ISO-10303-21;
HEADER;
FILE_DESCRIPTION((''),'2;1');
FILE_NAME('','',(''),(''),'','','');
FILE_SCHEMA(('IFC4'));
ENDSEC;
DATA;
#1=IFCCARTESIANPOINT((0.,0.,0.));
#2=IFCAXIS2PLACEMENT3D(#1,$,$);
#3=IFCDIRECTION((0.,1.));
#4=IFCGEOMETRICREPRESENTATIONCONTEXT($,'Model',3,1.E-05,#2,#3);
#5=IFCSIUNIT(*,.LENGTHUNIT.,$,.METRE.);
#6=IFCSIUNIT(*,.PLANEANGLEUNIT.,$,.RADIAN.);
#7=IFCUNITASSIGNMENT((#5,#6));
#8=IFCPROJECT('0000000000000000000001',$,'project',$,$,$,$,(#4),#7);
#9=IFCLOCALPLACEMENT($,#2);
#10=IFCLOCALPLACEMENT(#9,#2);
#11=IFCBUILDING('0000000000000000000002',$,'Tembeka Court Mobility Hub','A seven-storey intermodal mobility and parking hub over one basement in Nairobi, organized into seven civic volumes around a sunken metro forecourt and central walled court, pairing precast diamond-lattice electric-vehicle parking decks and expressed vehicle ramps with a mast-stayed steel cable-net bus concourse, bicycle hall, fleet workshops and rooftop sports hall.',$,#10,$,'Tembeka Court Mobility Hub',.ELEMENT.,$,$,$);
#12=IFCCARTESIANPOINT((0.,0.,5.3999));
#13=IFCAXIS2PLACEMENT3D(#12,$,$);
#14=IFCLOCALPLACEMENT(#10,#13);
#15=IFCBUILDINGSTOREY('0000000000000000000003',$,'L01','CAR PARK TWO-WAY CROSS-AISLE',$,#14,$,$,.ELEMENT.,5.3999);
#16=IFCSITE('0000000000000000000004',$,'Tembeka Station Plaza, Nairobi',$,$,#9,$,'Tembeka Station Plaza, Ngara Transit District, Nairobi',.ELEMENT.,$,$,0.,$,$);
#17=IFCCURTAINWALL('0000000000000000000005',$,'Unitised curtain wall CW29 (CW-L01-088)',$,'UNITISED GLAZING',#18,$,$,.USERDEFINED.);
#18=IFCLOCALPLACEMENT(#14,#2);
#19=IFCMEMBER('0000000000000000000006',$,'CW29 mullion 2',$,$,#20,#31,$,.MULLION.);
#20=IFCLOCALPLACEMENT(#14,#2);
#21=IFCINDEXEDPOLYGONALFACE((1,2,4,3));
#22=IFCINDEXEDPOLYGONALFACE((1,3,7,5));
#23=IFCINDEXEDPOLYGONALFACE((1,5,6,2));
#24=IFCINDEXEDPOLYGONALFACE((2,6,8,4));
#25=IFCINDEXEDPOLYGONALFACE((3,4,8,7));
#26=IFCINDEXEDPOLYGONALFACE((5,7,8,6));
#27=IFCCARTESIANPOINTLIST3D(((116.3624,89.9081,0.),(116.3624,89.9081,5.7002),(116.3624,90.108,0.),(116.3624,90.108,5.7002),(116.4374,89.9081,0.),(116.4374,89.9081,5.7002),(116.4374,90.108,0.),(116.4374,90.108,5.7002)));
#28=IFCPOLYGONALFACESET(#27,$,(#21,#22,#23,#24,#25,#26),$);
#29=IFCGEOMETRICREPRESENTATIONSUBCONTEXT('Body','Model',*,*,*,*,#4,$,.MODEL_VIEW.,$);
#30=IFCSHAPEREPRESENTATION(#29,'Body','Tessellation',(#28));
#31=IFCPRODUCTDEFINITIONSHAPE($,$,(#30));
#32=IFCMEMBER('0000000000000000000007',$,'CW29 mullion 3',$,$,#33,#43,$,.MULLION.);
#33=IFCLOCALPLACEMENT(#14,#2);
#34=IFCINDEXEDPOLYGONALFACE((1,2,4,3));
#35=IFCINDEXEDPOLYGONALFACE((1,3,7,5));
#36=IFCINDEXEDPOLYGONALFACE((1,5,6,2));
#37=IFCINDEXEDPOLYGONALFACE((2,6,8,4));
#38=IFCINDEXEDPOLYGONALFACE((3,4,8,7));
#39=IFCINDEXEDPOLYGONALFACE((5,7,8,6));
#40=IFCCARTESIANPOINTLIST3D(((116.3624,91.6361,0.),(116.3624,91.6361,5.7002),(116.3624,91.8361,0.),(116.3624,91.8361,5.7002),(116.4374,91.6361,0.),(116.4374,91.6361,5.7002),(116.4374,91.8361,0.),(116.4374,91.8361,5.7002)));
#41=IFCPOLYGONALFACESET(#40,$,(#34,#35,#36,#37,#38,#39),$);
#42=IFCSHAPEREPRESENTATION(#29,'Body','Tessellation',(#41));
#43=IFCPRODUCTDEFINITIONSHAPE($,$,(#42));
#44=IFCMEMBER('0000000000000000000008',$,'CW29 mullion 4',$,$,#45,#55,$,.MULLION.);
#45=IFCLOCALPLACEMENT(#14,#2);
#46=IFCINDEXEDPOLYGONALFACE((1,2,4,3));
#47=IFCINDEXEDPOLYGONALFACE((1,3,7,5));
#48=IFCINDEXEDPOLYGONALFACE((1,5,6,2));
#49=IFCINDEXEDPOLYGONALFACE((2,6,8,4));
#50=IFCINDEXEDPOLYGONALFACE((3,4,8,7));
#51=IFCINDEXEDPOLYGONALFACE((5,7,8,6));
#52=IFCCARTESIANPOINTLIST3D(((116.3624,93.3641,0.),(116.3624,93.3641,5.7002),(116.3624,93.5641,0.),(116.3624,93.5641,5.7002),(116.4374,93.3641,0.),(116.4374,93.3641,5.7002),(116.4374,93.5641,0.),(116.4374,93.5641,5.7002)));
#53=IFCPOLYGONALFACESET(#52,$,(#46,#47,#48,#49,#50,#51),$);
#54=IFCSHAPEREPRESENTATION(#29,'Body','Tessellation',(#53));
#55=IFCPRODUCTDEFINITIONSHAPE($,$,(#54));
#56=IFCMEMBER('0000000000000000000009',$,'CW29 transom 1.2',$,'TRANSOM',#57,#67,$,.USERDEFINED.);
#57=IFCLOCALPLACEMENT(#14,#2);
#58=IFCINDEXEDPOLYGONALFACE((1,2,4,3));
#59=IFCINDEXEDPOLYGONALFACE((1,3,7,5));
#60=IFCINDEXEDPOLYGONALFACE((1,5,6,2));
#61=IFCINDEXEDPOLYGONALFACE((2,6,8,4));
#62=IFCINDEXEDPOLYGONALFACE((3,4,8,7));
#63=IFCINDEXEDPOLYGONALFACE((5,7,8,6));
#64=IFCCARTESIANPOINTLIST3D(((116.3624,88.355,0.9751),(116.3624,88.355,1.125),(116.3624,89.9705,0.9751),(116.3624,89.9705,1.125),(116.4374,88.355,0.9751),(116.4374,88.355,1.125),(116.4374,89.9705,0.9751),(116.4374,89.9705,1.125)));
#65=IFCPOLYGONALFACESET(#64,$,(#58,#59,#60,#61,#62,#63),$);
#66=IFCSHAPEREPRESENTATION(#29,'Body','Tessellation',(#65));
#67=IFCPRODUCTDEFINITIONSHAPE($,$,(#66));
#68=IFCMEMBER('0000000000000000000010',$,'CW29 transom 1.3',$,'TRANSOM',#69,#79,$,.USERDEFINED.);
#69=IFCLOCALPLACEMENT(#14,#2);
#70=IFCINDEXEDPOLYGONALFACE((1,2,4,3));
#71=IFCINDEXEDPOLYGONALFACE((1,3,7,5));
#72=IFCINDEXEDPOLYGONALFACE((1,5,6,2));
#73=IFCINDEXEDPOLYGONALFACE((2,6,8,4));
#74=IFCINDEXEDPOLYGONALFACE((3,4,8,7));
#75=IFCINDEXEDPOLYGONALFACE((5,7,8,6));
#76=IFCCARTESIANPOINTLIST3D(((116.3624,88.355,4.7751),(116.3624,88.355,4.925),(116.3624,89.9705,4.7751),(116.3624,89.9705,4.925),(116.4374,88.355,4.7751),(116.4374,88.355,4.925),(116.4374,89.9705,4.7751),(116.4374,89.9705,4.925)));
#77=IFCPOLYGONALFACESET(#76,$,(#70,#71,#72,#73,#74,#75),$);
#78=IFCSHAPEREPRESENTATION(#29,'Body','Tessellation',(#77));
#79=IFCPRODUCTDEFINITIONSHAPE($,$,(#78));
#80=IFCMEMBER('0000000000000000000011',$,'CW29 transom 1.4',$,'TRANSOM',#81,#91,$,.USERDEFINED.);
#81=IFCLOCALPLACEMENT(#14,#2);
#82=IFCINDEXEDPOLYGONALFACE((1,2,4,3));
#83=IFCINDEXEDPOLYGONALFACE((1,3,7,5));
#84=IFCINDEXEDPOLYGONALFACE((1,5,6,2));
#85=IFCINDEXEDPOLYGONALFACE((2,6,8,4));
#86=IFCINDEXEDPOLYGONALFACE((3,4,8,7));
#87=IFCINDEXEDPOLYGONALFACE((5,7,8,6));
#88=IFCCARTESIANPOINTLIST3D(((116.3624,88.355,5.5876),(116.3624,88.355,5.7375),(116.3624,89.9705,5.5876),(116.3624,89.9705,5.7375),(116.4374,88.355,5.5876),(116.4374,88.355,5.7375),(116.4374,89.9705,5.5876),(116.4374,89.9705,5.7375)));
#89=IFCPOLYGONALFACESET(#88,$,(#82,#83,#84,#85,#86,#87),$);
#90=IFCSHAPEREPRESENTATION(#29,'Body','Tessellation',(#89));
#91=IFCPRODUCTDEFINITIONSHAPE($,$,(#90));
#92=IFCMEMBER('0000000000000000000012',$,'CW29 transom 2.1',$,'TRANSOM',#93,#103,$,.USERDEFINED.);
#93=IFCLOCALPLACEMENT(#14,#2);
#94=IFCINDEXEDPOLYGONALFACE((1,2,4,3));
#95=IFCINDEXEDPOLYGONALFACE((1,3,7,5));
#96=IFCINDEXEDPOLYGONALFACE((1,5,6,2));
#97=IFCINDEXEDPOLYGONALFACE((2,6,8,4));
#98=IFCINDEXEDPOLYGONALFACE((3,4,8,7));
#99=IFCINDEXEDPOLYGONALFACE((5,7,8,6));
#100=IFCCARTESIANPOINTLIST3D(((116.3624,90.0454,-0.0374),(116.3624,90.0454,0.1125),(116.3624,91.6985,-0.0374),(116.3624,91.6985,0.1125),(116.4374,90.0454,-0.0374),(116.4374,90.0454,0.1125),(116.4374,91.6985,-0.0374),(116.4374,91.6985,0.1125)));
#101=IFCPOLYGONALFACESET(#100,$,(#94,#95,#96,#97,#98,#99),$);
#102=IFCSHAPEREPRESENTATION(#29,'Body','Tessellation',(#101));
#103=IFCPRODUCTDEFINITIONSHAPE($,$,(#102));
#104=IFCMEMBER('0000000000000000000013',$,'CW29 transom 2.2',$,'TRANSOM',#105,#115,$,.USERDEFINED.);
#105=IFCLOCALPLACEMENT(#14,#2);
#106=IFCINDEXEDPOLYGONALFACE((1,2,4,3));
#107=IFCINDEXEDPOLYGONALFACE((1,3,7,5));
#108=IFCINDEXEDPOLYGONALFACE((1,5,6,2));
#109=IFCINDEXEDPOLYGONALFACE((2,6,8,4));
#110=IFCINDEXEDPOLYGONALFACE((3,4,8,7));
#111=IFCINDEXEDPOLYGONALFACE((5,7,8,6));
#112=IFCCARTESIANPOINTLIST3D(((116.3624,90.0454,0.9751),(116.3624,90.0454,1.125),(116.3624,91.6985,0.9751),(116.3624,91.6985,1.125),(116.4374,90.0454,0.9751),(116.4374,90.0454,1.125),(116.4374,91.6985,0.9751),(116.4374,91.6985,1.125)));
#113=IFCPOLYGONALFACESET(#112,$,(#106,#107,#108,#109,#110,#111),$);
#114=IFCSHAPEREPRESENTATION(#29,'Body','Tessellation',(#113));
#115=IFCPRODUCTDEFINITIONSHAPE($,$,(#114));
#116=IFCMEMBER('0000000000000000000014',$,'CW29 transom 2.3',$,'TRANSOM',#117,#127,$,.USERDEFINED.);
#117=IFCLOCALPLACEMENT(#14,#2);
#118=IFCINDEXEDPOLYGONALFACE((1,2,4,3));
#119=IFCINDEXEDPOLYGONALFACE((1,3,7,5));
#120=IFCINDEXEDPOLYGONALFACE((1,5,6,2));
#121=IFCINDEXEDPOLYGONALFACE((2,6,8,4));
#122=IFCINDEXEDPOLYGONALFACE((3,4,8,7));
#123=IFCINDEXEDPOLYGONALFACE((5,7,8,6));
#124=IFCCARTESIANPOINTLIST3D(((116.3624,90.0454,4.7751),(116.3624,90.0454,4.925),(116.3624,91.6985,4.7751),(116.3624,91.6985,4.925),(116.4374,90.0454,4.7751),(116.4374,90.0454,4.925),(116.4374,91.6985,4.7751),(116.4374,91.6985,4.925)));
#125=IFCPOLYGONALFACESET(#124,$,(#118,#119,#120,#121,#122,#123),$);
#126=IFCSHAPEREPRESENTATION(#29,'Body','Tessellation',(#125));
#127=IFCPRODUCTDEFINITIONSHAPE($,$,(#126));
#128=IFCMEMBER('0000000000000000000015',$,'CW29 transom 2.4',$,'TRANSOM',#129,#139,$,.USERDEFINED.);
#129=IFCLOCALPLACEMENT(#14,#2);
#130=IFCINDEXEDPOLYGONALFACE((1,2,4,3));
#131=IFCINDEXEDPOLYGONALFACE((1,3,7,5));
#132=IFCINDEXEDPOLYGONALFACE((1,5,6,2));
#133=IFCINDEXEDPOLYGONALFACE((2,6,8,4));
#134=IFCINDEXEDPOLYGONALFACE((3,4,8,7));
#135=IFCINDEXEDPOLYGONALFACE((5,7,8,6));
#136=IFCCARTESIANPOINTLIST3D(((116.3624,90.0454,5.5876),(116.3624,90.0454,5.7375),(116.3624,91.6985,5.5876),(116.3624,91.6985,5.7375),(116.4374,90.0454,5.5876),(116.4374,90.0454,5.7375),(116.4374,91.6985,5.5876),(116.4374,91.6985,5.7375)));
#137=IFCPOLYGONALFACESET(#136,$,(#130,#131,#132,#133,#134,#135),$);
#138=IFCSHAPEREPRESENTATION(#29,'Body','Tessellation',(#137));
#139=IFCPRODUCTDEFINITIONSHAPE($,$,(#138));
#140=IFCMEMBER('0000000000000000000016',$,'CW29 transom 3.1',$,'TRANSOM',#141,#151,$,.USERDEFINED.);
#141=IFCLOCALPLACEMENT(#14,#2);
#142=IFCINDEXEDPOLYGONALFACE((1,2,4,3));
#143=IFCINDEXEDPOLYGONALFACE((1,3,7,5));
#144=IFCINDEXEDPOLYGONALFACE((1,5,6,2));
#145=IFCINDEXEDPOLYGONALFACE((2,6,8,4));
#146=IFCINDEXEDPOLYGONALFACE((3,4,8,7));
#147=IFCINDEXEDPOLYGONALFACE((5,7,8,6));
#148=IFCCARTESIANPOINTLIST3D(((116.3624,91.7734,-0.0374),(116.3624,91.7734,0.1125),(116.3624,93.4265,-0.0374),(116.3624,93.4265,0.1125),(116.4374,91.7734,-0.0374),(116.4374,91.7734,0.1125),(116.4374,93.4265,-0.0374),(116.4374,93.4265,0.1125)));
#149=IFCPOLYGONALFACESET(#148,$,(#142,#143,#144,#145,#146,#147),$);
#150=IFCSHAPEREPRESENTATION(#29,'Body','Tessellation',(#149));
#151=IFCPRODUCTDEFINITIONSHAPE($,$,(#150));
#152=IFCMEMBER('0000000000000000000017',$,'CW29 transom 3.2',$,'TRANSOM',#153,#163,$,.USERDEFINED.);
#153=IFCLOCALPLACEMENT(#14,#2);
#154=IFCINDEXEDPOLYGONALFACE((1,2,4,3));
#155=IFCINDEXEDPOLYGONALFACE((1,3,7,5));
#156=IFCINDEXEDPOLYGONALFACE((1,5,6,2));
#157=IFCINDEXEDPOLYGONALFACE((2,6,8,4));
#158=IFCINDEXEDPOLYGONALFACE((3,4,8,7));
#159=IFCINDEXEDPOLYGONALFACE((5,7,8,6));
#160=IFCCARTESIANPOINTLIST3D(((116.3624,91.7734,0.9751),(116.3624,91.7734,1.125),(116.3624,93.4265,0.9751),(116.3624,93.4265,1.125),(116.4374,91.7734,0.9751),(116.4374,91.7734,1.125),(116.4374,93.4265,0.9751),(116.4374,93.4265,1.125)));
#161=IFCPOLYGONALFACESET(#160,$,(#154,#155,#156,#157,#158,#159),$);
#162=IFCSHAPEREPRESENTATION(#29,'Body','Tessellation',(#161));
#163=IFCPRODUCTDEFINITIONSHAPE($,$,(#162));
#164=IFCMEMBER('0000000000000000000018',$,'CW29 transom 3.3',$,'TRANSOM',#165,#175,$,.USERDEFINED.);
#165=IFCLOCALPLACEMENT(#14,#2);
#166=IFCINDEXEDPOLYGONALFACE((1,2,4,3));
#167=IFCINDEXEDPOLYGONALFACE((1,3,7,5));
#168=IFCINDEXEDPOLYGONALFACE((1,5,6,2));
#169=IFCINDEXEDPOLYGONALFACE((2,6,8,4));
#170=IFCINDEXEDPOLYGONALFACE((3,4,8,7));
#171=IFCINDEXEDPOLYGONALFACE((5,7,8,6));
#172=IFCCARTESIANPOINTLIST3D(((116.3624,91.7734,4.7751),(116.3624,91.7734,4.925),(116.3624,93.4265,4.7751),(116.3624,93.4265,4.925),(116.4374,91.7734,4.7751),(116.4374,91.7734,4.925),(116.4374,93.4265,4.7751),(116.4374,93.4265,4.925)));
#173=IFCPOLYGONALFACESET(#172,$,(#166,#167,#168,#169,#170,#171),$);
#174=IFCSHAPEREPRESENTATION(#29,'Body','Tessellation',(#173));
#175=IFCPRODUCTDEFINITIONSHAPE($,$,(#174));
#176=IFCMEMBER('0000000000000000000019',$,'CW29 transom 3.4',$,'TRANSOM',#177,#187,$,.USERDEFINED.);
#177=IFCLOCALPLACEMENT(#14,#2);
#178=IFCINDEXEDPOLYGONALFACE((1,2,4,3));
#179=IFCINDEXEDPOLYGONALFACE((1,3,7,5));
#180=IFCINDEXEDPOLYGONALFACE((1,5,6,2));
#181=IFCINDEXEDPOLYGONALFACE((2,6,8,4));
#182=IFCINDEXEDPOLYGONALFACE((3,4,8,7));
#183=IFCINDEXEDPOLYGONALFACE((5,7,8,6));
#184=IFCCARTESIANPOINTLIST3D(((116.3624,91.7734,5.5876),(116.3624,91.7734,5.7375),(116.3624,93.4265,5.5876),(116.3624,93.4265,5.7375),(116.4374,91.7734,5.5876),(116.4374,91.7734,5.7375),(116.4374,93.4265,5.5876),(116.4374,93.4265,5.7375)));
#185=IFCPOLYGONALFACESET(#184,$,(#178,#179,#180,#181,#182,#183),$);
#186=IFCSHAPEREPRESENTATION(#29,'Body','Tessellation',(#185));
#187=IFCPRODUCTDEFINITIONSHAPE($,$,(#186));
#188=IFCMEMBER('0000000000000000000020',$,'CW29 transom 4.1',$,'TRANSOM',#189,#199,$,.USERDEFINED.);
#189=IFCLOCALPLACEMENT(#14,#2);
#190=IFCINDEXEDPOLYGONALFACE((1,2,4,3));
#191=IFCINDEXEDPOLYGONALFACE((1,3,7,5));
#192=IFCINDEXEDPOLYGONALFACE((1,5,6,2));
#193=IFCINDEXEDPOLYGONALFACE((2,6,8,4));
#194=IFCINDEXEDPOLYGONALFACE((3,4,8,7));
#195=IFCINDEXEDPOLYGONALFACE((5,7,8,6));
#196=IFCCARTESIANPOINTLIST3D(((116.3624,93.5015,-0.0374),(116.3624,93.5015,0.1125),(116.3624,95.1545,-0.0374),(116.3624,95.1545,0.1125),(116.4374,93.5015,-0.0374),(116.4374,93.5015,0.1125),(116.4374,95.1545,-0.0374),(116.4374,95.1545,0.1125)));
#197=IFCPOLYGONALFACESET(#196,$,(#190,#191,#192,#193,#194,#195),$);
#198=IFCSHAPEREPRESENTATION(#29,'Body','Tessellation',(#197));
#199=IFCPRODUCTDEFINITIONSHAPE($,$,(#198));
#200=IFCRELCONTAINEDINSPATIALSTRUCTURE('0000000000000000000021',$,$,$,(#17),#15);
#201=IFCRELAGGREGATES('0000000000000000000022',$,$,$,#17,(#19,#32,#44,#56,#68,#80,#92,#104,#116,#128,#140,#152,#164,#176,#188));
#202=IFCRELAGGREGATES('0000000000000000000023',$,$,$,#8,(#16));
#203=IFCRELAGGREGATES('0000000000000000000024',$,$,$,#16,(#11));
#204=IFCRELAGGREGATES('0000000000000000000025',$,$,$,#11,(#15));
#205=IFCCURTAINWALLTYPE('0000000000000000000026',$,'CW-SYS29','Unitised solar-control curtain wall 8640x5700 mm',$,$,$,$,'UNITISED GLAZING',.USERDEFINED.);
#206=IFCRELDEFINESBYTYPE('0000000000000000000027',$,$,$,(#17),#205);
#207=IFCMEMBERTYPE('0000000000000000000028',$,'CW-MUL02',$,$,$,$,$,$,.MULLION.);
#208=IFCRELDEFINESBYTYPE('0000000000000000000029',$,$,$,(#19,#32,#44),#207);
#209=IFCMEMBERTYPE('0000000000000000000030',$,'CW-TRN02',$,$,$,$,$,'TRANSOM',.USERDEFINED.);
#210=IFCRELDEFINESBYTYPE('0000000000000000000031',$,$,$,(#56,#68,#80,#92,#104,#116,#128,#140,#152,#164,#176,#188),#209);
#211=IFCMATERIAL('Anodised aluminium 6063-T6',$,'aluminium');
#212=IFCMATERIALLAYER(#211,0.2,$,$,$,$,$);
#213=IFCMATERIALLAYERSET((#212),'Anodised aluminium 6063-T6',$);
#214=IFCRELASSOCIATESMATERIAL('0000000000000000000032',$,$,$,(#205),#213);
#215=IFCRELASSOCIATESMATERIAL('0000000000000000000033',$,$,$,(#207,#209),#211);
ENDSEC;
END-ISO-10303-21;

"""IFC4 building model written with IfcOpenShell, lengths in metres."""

from ifc_helpers import new_model, si_unit, direction, frame, origin, origin_2d, place, context, subcontext, project, spatial, rectangle, extrude, material, layer, layer_set, material_profile, profile_set, type_object, element, aggregate, save


model = new_model("IFC4")

# Units and contexts
model_context = context("Model", 3, precision=1e-05, world=origin(), true_north=direction((0.0, 1.0)))
body_context = subcontext(model_context, "Body", "Model", "MODEL_VIEW")
ifc_project = project(units=[si_unit("LENGTHUNIT", "METRE"), si_unit("PLANEANGLEUNIT", "RADIAN")], contexts=[model_context])

# Site, building, storey
site_placement = place(None, origin())
site = spatial("IfcSite", under=ifc_project, at=site_placement, Name="Tembeka Station Plaza, Nairobi", LongName="Tembeka Station Plaza, Ngara Transit District, Nairobi", CompositionType="ELEMENT", RefElevation=0.0)
building_placement = place(site_placement, origin())
building = spatial("IfcBuilding", under=site, at=building_placement, Name="Tembeka Court Mobility Hub", Description="A seven-storey intermodal mobility and parking hub over one basement in Nairobi, organized into seven civic volumes around a sunken metro forecourt and central walled court, pairing precast diamond-lattice electric-vehicle parking decks and expressed vehicle ramps with a mast-stayed steel cable-net bus concourse, bicycle hall, fleet workshops and rooftop sports hall.", LongName="Tembeka Court Mobility Hub", CompositionType="ELEMENT")
storey_placement = place(building_placement, frame((0.0, 0.0, 5.3999)))
storey = spatial("IfcBuildingStorey", under=building, at=storey_placement, Name="L01", Description="CAR PARK TWO-WAY CROSS-AISLE", CompositionType="ELEMENT", Elevation=5.3999)

# Curtain wall, members
ifc_material_1 = material(Name="Anodised aluminium 6063-T6", Category="aluminium")
ifc_layer_1 = layer(ifc_material_1, 0.2)
ifc_layer_set_1 = layer_set([ifc_layer_1], Name="Anodised aluminium 6063-T6")
curtain_wall_type = type_object("IfcCurtainWallType", Name="CW-SYS29", Description="Unitised solar-control curtain wall 8640x5700 mm", ElementType="UNITISED GLAZING", PredefinedType="USERDEFINED", material=ifc_layer_set_1)
curtain_wall_placement = place(storey_placement, origin())
curtain_wall = element("IfcCurtainWall", 1, at=curtain_wall_placement, inside=storey, type_object=curtain_wall_type, Name="Unitised curtain wall CW29 (CW-L01-088)", ObjectType="UNITISED GLAZING", PredefinedType="USERDEFINED")
ifc_material_profile_1 = material_profile(ifc_material_1, rectangle(XDim=0.075, YDim=0.2, at=origin_2d()), Name="ALU-MUL 75x200")
ifc_profile_set_1 = profile_set([ifc_material_profile_1], Name="Anodised aluminium 6063-T6")
member_type_1 = type_object("IfcMemberType", Name="CW-MUL02", PredefinedType="MULLION", material=ifc_profile_set_1)
member_1_placement = place(storey_placement, frame((116.3999, 90.0081, 0.0), z_axis=(0.0, 0.0, 1.0), x_axis=(-1.0, 0.0, 0.0)))
member_1 = element("IfcMember", 2, at=member_1_placement, type_object=member_type_1, Name="CW29 mullion 2", PredefinedType="MULLION", context=body_context, shape_type="SweptSolid", body=[
    extrude(rectangle(XDim=0.075, YDim=0.2, at=origin_2d()), origin(), (0.0, 0.0, 1.0), 5.7002),
])
member_2_placement = place(storey_placement, frame((116.3999, 91.7361, 0.0), z_axis=(0.0, 0.0, 1.0), x_axis=(-1.0, 0.0, 0.0)))
member_2 = element("IfcMember", 3, at=member_2_placement, type_object=member_type_1, Name="CW29 mullion 3", PredefinedType="MULLION", context=body_context, shape_type="SweptSolid", body=[
    extrude(rectangle(XDim=0.075, YDim=0.2, at=origin_2d()), origin(), (0.0, 0.0, 1.0), 5.7002),
])
member_3_placement = place(storey_placement, frame((116.3999, 93.4641, 0.0), z_axis=(0.0, 0.0, 1.0), x_axis=(-1.0, 0.0, 0.0)))
member_3 = element("IfcMember", 4, at=member_3_placement, type_object=member_type_1, Name="CW29 mullion 4", PredefinedType="MULLION", context=body_context, shape_type="SweptSolid", body=[
    extrude(rectangle(XDim=0.075, YDim=0.2, at=origin_2d()), origin(), (0.0, 0.0, 1.0), 5.7002),
])
ifc_material_profile_2 = material_profile(ifc_material_1, rectangle(XDim=0.075, YDim=0.1499, at=origin_2d()), Name="ALU-TRN 75x150")
ifc_profile_set_2 = profile_set([ifc_material_profile_2], Name="Anodised aluminium 6063-T6")
member_type_2 = type_object("IfcMemberType", Name="CW-TRN02", ElementType="TRANSOM", PredefinedType="USERDEFINED", material=ifc_profile_set_2)
member_4_placement = place(storey_placement, frame((116.3999, 88.355, 1.05), z_axis=(0.0, 1.0, 0.0), x_axis=(-1.0, 0.0, 0.0)))
member_4 = element("IfcMember", 5, at=member_4_placement, type_object=member_type_2, Name="CW29 transom 1.2", ObjectType="TRANSOM", PredefinedType="USERDEFINED", context=body_context, shape_type="SweptSolid", body=[
    extrude(rectangle(XDim=0.075, YDim=0.1499, at=origin_2d()), origin(), (0.0, 0.0, 1.0), 1.6155),
])
member_5_placement = place(storey_placement, frame((116.3999, 88.355, 4.8501), z_axis=(0.0, 1.0, 0.0), x_axis=(-1.0, 0.0, 0.0)))
member_5 = element("IfcMember", 6, at=member_5_placement, type_object=member_type_2, Name="CW29 transom 1.3", ObjectType="TRANSOM", PredefinedType="USERDEFINED", context=body_context, shape_type="SweptSolid", body=[
    extrude(rectangle(XDim=0.075, YDim=0.1499, at=origin_2d()), origin(), (0.0, 0.0, 1.0), 1.6155),
])
member_6_placement = place(storey_placement, frame((116.3999, 88.355, 5.6626), z_axis=(0.0, 1.0, 0.0), x_axis=(-1.0, 0.0, 0.0)))
member_6 = element("IfcMember", 7, at=member_6_placement, type_object=member_type_2, Name="CW29 transom 1.4", ObjectType="TRANSOM", PredefinedType="USERDEFINED", context=body_context, shape_type="SweptSolid", body=[
    extrude(rectangle(XDim=0.075, YDim=0.1499, at=origin_2d()), origin(), (0.0, 0.0, 1.0), 1.6155),
])
member_7_placement = place(storey_placement, frame((116.3999, 90.0454, 0.0376), z_axis=(0.0, 1.0, 0.0), x_axis=(-1.0, 0.0, 0.0)))
member_7 = element("IfcMember", 8, at=member_7_placement, type_object=member_type_2, Name="CW29 transom 2.1", ObjectType="TRANSOM", PredefinedType="USERDEFINED", context=body_context, shape_type="SweptSolid", body=[
    extrude(rectangle(XDim=0.075, YDim=0.1499, at=origin_2d()), origin(), (0.0, 0.0, 1.0), 1.6531),
])
member_8_placement = place(storey_placement, frame((116.3999, 90.0454, 1.05), z_axis=(0.0, 1.0, 0.0), x_axis=(-1.0, 0.0, 0.0)))
member_8 = element("IfcMember", 9, at=member_8_placement, type_object=member_type_2, Name="CW29 transom 2.2", ObjectType="TRANSOM", PredefinedType="USERDEFINED", context=body_context, shape_type="SweptSolid", body=[
    extrude(rectangle(XDim=0.075, YDim=0.1499, at=origin_2d()), origin(), (0.0, 0.0, 1.0), 1.6531),
])
member_9_placement = place(storey_placement, frame((116.3999, 90.0454, 4.8501), z_axis=(0.0, 1.0, 0.0), x_axis=(-1.0, 0.0, 0.0)))
member_9 = element("IfcMember", 10, at=member_9_placement, type_object=member_type_2, Name="CW29 transom 2.3", ObjectType="TRANSOM", PredefinedType="USERDEFINED", context=body_context, shape_type="SweptSolid", body=[
    extrude(rectangle(XDim=0.075, YDim=0.1499, at=origin_2d()), origin(), (0.0, 0.0, 1.0), 1.6531),
])
member_10_placement = place(storey_placement, frame((116.3999, 90.0454, 5.6626), z_axis=(0.0, 1.0, 0.0), x_axis=(-1.0, 0.0, 0.0)))
member_10 = element("IfcMember", 11, at=member_10_placement, type_object=member_type_2, Name="CW29 transom 2.4", ObjectType="TRANSOM", PredefinedType="USERDEFINED", context=body_context, shape_type="SweptSolid", body=[
    extrude(rectangle(XDim=0.075, YDim=0.1499, at=origin_2d()), origin(), (0.0, 0.0, 1.0), 1.6531),
])
member_11_placement = place(storey_placement, frame((116.3999, 91.7734, 0.0376), z_axis=(0.0, 1.0, 0.0), x_axis=(-1.0, 0.0, 0.0)))
member_11 = element("IfcMember", 12, at=member_11_placement, type_object=member_type_2, Name="CW29 transom 3.1", ObjectType="TRANSOM", PredefinedType="USERDEFINED", context=body_context, shape_type="SweptSolid", body=[
    extrude(rectangle(XDim=0.075, YDim=0.1499, at=origin_2d()), origin(), (0.0, 0.0, 1.0), 1.6531),
])
member_12_placement = place(storey_placement, frame((116.3999, 91.7734, 1.05), z_axis=(0.0, 1.0, 0.0), x_axis=(-1.0, 0.0, 0.0)))
member_12 = element("IfcMember", 13, at=member_12_placement, type_object=member_type_2, Name="CW29 transom 3.2", ObjectType="TRANSOM", PredefinedType="USERDEFINED", context=body_context, shape_type="SweptSolid", body=[
    extrude(rectangle(XDim=0.075, YDim=0.1499, at=origin_2d()), origin(), (0.0, 0.0, 1.0), 1.6531),
])
member_13_placement = place(storey_placement, frame((116.3999, 91.7734, 4.8501), z_axis=(0.0, 1.0, 0.0), x_axis=(-1.0, 0.0, 0.0)))
member_13 = element("IfcMember", 14, at=member_13_placement, type_object=member_type_2, Name="CW29 transom 3.3", ObjectType="TRANSOM", PredefinedType="USERDEFINED", context=body_context, shape_type="SweptSolid", body=[
    extrude(rectangle(XDim=0.075, YDim=0.1499, at=origin_2d()), origin(), (0.0, 0.0, 1.0), 1.6531),
])
member_14_placement = place(storey_placement, frame((116.3999, 91.7734, 5.6626), z_axis=(0.0, 1.0, 0.0), x_axis=(-1.0, 0.0, 0.0)))
member_14 = element("IfcMember", 15, at=member_14_placement, type_object=member_type_2, Name="CW29 transom 3.4", ObjectType="TRANSOM", PredefinedType="USERDEFINED", context=body_context, shape_type="SweptSolid", body=[
    extrude(rectangle(XDim=0.075, YDim=0.1499, at=origin_2d()), origin(), (0.0, 0.0, 1.0), 1.6531),
])
member_15_placement = place(storey_placement, frame((116.3999, 93.5015, 0.0376), z_axis=(0.0, 1.0, 0.0), x_axis=(-1.0, 0.0, 0.0)))
member_15 = element("IfcMember", 16, at=member_15_placement, type_object=member_type_2, Name="CW29 transom 4.1", ObjectType="TRANSOM", PredefinedType="USERDEFINED", context=body_context, shape_type="SweptSolid", body=[
    extrude(rectangle(XDim=0.075, YDim=0.1499, at=origin_2d()), origin(), (0.0, 0.0, 1.0), 1.6531),
])
aggregate(curtain_wall, [member_1, member_2, member_3, member_4, member_5, member_6, member_7, member_8, member_9, member_10, member_11, member_12, member_13, member_14, member_15])

save(model, "model.ifc")
